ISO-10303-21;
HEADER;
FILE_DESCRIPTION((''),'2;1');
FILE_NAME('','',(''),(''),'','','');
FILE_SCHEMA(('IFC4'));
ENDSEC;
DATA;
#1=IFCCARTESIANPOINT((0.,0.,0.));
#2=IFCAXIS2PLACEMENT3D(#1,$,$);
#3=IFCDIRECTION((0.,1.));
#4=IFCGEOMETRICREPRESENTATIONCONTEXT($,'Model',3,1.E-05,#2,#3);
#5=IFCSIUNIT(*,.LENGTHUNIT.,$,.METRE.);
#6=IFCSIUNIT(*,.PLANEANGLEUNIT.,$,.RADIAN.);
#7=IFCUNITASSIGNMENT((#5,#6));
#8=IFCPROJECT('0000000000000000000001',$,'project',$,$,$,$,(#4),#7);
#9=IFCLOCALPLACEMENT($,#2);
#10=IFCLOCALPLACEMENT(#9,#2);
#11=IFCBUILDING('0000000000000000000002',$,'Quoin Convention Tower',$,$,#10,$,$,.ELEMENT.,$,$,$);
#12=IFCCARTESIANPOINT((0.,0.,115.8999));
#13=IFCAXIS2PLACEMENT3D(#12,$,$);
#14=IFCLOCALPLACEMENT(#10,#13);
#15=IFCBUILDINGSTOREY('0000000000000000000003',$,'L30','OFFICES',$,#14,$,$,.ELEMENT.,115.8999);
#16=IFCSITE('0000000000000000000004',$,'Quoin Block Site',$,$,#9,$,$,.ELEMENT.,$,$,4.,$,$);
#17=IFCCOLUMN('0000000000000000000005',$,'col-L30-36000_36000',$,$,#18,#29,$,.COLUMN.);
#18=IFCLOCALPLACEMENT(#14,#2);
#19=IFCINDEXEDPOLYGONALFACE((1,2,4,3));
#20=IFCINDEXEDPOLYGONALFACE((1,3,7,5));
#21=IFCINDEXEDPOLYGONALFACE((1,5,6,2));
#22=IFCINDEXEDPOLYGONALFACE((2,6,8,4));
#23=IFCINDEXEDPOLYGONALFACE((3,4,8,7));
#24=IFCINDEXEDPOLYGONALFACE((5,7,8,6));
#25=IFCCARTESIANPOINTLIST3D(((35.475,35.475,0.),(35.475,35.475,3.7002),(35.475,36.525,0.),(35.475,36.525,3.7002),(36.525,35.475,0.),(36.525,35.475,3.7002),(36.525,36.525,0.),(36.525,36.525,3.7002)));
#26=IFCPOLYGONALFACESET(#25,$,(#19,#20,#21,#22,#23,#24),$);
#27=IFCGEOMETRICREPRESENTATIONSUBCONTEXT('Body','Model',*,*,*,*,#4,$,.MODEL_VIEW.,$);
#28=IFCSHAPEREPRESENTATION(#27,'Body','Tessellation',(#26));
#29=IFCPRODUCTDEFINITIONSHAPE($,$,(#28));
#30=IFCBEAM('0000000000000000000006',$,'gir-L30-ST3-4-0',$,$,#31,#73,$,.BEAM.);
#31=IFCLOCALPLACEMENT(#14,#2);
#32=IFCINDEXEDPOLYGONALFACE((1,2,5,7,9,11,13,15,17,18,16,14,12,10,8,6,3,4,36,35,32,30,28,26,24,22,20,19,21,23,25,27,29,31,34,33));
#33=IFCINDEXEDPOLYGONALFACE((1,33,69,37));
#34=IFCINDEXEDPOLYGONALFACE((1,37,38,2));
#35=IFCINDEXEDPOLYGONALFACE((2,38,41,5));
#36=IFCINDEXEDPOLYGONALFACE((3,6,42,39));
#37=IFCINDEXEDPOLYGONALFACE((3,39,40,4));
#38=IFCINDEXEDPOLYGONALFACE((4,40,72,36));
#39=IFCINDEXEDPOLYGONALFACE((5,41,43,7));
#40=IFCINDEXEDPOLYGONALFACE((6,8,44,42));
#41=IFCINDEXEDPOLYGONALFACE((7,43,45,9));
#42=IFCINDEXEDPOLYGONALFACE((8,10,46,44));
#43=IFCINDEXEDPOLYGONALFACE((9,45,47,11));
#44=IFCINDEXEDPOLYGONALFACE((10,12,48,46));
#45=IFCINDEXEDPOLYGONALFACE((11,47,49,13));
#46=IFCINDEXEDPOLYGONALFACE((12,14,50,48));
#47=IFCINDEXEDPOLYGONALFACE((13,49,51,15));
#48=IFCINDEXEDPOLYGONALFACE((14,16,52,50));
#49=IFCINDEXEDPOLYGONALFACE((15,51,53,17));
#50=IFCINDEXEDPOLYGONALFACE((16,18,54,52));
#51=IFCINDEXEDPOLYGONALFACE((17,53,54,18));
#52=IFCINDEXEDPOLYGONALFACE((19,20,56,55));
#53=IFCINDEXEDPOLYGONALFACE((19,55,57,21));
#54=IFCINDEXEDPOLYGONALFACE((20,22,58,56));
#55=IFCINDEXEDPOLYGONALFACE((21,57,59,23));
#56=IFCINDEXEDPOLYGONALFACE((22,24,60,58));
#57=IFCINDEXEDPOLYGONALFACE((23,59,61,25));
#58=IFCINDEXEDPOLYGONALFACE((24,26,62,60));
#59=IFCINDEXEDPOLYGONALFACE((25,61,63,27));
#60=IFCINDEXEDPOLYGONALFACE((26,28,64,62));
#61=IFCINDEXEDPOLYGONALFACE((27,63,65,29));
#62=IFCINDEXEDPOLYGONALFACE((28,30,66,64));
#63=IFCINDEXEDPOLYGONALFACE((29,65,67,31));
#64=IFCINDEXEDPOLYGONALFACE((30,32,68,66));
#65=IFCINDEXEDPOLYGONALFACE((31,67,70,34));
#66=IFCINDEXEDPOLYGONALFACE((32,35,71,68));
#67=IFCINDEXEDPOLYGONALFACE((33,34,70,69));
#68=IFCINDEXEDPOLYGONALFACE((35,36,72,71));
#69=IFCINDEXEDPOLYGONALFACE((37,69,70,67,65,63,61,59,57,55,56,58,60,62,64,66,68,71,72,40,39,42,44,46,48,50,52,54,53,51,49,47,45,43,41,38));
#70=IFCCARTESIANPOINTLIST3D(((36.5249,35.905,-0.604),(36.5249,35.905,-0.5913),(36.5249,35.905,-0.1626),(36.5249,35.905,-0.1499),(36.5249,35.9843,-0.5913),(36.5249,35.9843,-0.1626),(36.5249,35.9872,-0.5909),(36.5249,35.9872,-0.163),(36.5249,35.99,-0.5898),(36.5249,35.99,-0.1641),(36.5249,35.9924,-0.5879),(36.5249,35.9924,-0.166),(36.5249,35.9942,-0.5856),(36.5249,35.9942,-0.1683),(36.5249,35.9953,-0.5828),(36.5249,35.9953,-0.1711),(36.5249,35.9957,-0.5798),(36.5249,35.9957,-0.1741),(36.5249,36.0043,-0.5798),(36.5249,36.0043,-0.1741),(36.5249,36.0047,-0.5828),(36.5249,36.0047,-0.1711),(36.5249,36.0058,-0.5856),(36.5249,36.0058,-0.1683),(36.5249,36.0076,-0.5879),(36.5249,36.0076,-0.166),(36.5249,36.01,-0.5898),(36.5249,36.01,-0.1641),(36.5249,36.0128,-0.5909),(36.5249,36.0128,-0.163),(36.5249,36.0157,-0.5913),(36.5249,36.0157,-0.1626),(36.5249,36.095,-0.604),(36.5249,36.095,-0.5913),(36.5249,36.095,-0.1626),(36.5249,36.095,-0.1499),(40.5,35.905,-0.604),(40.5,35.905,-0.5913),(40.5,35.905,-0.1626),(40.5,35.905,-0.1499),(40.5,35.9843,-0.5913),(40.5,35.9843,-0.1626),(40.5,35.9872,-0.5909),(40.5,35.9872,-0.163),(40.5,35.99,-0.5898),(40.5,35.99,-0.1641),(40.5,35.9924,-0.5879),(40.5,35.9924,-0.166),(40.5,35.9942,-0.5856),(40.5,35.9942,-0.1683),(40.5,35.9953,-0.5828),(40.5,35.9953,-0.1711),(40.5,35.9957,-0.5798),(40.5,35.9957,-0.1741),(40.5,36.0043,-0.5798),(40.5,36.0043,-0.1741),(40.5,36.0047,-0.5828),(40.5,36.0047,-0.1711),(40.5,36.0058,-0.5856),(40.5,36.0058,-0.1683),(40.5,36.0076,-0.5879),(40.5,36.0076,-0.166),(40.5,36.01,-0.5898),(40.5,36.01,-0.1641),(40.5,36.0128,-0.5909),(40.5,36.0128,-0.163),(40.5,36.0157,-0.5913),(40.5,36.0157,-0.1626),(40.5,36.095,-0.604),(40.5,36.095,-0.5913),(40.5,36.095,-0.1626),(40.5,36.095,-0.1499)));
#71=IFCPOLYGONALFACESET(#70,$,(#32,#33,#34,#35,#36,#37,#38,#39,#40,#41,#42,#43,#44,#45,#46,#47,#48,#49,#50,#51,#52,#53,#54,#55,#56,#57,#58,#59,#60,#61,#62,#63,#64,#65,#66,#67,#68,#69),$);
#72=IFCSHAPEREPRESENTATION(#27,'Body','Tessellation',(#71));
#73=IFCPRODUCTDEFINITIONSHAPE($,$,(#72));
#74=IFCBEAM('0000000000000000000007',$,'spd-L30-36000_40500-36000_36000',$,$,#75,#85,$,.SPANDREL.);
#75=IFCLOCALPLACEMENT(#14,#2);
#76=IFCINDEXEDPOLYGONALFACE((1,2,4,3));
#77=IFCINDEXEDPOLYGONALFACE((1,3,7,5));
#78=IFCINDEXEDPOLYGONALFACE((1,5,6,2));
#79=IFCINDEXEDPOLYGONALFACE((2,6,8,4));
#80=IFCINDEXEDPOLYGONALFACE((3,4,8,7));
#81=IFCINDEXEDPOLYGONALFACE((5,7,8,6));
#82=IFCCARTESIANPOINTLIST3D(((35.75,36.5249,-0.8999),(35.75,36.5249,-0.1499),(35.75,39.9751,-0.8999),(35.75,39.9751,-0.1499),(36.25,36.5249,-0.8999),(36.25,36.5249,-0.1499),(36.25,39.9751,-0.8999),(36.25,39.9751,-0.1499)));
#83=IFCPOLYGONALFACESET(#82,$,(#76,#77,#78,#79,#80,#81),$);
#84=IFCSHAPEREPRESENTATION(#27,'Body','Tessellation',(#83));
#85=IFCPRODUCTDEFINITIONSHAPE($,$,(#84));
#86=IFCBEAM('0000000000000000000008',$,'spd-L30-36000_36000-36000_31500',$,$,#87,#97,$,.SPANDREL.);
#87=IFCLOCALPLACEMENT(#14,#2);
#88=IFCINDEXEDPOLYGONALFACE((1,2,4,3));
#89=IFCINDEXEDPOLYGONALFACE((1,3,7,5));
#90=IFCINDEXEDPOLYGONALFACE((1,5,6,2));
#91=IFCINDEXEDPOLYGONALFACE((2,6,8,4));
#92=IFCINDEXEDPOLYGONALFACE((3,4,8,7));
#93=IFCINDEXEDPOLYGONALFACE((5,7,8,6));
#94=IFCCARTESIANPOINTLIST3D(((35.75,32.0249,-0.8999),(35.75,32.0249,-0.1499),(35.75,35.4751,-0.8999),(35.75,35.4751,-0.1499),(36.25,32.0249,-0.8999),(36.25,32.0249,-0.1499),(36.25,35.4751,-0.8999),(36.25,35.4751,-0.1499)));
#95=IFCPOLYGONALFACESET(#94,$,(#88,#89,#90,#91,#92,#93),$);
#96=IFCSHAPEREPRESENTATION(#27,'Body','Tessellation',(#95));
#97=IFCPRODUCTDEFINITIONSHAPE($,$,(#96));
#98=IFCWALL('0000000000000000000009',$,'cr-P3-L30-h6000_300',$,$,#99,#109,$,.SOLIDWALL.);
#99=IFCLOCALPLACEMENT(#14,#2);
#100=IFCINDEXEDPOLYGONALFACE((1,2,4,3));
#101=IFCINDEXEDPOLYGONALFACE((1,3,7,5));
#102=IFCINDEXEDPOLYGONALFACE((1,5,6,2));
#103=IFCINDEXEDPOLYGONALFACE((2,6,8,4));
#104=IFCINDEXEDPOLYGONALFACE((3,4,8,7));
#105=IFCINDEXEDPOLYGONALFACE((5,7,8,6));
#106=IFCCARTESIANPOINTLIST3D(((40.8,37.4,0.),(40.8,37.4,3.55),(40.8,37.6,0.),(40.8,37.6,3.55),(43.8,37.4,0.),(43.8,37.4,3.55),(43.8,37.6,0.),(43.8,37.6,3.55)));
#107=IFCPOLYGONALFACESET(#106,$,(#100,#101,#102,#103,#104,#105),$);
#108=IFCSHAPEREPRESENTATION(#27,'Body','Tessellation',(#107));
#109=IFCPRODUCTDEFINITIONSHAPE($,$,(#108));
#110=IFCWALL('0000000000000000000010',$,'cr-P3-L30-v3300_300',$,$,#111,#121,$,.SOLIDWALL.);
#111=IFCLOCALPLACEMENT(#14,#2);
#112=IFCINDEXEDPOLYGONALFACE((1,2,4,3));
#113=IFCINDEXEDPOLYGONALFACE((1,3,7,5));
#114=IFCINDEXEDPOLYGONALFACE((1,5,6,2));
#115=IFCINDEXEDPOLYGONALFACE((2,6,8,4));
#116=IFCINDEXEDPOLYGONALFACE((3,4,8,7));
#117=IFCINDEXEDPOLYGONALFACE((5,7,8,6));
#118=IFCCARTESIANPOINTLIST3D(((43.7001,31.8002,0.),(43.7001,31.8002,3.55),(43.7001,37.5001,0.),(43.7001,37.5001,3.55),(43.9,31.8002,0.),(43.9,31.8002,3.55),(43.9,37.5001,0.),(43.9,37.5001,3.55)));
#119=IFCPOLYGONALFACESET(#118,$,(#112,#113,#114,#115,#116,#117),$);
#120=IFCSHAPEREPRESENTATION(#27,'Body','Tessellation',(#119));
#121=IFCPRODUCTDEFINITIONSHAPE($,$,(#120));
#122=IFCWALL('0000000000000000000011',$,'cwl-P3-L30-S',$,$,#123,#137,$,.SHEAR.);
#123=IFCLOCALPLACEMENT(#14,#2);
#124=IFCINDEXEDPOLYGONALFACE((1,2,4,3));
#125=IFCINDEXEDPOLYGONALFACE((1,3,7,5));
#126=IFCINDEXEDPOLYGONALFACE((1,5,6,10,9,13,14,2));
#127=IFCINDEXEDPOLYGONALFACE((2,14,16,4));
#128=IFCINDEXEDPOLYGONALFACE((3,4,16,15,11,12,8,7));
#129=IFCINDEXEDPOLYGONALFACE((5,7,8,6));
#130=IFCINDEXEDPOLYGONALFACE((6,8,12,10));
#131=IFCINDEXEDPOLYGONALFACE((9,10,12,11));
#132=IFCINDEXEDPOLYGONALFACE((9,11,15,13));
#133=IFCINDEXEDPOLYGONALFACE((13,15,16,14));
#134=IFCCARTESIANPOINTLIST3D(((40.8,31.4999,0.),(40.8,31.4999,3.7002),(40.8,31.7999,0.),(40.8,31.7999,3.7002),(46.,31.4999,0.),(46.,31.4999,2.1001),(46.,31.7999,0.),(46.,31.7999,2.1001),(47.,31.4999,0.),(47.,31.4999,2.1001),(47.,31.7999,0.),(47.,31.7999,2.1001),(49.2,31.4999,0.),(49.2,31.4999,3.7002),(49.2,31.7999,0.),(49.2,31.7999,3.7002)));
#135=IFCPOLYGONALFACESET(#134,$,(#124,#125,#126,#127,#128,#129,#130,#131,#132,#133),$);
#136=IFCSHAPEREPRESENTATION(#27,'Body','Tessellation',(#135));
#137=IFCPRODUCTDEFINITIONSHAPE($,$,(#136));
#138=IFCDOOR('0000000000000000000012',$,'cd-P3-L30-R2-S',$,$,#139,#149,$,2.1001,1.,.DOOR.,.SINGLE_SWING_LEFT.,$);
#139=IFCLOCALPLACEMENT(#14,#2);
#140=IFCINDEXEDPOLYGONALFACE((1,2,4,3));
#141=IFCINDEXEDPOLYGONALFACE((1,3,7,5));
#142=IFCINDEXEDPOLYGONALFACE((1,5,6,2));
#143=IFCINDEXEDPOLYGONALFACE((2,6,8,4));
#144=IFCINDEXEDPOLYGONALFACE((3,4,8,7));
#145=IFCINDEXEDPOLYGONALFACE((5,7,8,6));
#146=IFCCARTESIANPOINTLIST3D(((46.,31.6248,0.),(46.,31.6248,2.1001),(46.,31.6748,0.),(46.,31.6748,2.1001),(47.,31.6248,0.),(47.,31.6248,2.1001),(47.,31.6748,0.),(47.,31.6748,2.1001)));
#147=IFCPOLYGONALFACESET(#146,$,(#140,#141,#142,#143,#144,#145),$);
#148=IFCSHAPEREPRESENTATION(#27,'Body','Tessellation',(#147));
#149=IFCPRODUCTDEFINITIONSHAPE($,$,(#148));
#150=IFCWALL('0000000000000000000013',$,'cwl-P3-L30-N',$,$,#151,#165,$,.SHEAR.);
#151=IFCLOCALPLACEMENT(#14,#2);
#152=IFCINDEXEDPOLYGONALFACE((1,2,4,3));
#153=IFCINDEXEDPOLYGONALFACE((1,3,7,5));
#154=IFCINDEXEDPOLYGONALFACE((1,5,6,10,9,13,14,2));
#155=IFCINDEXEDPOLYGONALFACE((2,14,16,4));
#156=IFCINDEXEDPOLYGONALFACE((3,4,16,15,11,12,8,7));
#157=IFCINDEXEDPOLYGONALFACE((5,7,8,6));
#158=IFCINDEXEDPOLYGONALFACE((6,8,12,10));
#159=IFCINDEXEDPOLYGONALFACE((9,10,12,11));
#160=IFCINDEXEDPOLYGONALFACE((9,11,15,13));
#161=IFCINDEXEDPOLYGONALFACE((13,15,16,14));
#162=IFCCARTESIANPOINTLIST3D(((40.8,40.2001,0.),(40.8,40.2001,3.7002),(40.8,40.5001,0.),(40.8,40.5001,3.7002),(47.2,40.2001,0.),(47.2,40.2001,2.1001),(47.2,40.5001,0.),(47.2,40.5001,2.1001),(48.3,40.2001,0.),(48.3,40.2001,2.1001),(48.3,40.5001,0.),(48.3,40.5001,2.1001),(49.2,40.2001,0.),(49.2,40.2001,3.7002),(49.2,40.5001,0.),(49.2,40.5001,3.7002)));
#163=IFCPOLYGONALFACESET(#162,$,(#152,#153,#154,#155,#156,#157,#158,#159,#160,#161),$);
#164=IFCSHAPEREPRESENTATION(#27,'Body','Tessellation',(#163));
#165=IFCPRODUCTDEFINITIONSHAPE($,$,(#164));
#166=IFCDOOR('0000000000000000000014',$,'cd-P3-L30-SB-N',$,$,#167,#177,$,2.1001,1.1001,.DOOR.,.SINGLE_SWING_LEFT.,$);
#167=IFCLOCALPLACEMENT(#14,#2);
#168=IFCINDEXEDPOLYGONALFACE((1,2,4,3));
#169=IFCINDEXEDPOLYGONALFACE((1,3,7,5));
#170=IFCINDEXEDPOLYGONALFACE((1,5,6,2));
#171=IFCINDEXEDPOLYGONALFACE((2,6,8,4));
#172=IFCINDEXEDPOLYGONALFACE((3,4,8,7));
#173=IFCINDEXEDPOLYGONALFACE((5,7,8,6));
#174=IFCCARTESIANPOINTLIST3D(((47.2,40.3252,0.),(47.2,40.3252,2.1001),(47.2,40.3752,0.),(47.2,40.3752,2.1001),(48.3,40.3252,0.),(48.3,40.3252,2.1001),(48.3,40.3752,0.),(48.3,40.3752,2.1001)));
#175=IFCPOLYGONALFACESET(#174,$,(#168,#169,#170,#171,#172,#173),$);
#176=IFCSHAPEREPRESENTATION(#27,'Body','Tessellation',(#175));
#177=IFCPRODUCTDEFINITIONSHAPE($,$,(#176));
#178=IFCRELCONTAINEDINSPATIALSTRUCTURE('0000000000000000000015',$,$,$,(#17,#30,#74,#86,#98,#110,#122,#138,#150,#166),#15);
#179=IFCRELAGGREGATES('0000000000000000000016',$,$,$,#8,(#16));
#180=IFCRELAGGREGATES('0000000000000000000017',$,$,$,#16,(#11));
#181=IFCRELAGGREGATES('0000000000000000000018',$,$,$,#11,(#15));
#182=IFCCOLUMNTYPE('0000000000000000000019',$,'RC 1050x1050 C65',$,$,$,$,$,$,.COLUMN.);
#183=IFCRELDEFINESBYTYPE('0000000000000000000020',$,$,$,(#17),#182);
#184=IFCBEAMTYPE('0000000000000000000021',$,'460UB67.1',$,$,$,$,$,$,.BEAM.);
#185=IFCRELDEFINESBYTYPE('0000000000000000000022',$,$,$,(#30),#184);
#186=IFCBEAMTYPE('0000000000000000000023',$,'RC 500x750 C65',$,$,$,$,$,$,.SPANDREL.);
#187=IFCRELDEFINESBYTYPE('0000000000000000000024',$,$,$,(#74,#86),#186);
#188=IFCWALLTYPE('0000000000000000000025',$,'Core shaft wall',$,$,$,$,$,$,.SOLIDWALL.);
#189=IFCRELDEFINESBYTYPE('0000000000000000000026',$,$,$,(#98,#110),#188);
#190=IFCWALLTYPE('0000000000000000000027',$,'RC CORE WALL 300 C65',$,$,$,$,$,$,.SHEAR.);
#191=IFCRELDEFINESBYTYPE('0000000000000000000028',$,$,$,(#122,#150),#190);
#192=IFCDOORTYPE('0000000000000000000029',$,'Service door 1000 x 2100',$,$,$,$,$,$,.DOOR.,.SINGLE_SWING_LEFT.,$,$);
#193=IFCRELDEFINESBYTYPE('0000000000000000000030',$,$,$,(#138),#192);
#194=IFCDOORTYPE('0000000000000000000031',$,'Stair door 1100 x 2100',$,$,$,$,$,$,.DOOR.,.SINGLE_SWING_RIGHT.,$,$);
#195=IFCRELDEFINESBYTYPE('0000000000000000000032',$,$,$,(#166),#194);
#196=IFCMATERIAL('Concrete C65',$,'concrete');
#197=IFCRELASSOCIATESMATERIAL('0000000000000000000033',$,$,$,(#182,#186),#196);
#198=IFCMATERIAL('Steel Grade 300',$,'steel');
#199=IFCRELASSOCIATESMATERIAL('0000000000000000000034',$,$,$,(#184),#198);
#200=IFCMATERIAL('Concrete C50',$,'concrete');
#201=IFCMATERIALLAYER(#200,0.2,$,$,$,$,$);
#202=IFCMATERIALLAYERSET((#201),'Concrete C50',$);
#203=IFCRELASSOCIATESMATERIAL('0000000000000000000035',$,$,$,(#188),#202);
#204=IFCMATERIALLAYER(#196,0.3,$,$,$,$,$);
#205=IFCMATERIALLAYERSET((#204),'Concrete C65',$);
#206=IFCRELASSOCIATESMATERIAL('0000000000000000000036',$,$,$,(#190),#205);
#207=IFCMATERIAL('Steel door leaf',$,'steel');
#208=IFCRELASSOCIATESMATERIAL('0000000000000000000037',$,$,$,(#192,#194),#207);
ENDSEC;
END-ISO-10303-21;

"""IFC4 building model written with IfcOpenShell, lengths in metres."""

from ifc_helpers import new_model, si_unit, direction, frame, frame_2d, origin, origin_2d, place, context, subcontext, project, spatial, rectangle, i_section, extrude, material, layer, layer_set, material_profile, profile_set, type_object, element, fill, save


model = new_model("IFC4")

# Units and contexts
model_context = context("Model", 3, precision=1e-05, world=origin(), true_north=direction((0.0, 1.0)))
body_context = subcontext(model_context, "Body", "Model", "MODEL_VIEW")
ifc_project = project(units=[si_unit("LENGTHUNIT", "METRE"), si_unit("PLANEANGLEUNIT", "RADIAN")], contexts=[model_context])

# Site, building, storey
site_placement = place(None, origin())
site = spatial("IfcSite", under=ifc_project, at=site_placement, Name="Quoin Block Site", CompositionType="ELEMENT", RefElevation=4.0)
building_placement = place(site_placement, origin())
building = spatial("IfcBuilding", under=site, at=building_placement, Name="Quoin Convention Tower", CompositionType="ELEMENT")
storey_placement = place(building_placement, frame((0.0, 0.0, 115.8999)))
storey = spatial("IfcBuildingStorey", under=building, at=storey_placement, Name="L30", Description="OFFICES", CompositionType="ELEMENT", Elevation=115.8999)

# Column
ifc_material_1 = material(Name="Concrete C65", Category="concrete")
ifc_material_profile_1 = material_profile(ifc_material_1, rectangle(XDim=1.05, YDim=1.05, at=origin_2d()), Name="RC 1050x1050")
ifc_profile_set_1 = profile_set([ifc_material_profile_1], Name="Concrete C65")
column_type = type_object("IfcColumnType", Name="RC 1050x1050 C65", PredefinedType="COLUMN", material=ifc_profile_set_1)
column_placement = place(storey_placement, frame((36.0, 36.0, 0.0), z_axis=(0.0, 0.0, 1.0), x_axis=(1.0, 0.0, 0.0)))
element("IfcColumn", 1, at=column_placement, inside=storey, type_object=column_type, Name="col-L30-36000_36000", PredefinedType="COLUMN", context=body_context, shape_type="SweptSolid", body=[
    extrude(rectangle(XDim=1.05, YDim=1.05, at=origin_2d()), origin(), (0.0, 0.0, 1.0), 3.7002),
])

# Beams
ifc_material_2 = material(Name="Steel Grade 300", Category="steel")
ifc_material_profile_2 = material_profile(ifc_material_2, i_section(OverallWidth=0.1899, OverallDepth=0.4541, WebThickness=0.0085, FlangeThickness=0.0127, FilletRadius=0.0115, at=origin_2d()), Name="460UB67.1")
ifc_profile_set_2 = profile_set([ifc_material_profile_2], Name="Steel Grade 300")
beam_type_1 = type_object("IfcBeamType", Name="460UB67.1", PredefinedType="BEAM", material=ifc_profile_set_2)
beam_placement = place(storey_placement, frame((36.5249, 36.0, -0.377), z_axis=(1.0, 0.0, 0.0), x_axis=(0.0, 1.0, 0.0)))
element("IfcBeam", 2, at=beam_placement, inside=storey, type_object=beam_type_1, Name="gir-L30-ST3-4-0", PredefinedType="BEAM", context=body_context, shape_type="SweptSolid", body=[
    extrude(i_section(OverallWidth=0.1899, OverallDepth=0.4541, WebThickness=0.0085, FlangeThickness=0.0127, FilletRadius=0.0115, at=origin_2d()), origin(), (0.0, 0.0, 1.0), 3.9751),
])
ifc_material_profile_3 = material_profile(ifc_material_1, rectangle(XDim=0.5, YDim=0.75, at=origin_2d()), Name="RC 500x750")
ifc_profile_set_3 = profile_set([ifc_material_profile_3], Name="Concrete C65")
beam_type_2 = type_object("IfcBeamType", Name="RC 500x750 C65", PredefinedType="SPANDREL", material=ifc_profile_set_3)
for number, where, z_axis, x_axis, name in (
    (3, (36.0, 39.9751, -0.5249), (0.0, -1.0, 0.0), (1.0, 0.0, 0.0), "spd-L30-36000_40500-36000_36000"),
    (4, (36.0, 35.4751, -0.5249), (0.0, -1.0, 0.0), (1.0, 0.0, 0.0), "spd-L30-36000_36000-36000_31500"),
):
    element("IfcBeam", number, at=place(storey_placement, frame(where, z_axis=z_axis, x_axis=x_axis)), inside=storey, type_object=beam_type_2, Name=name, PredefinedType="SPANDREL", context=body_context, shape_type="SweptSolid", body=[
        extrude(rectangle(XDim=0.5, YDim=0.75, at=origin_2d()), origin(), (0.0, 0.0, 1.0), 3.4502),
    ])

# Walls
ifc_material_3 = material(Name="Concrete C50", Category="concrete")
ifc_layer_1 = layer(ifc_material_3, 0.2)
ifc_layer_set_1 = layer_set([ifc_layer_1], Name="Concrete C50")
wall_type_1 = type_object("IfcWallType", Name="Core shaft wall", PredefinedType="SOLIDWALL", material=ifc_layer_set_1)
wall_1_placement = place(storey_placement, frame((40.8, 37.5, 0.0), z_axis=(0.0, 0.0, 1.0), x_axis=(1.0, 0.0, 0.0)))
element("IfcWall", 5, at=wall_1_placement, inside=storey, type_object=wall_type_1, Name="cr-P3-L30-h6000_300", PredefinedType="SOLIDWALL", context=body_context, shape_type="SweptSolid", body=[
    extrude(rectangle(XDim=3.0, YDim=0.2, at=frame_2d((1.5, 0.0))), origin(), (0.0, 0.0, 1.0), 3.55),
])
wall_2_placement = place(storey_placement, frame((43.8, 31.8, 0.0), z_axis=(0.0, 0.0, 1.0), x_axis=(0.0, 1.0, 0.0)))
element("IfcWall", 6, at=wall_2_placement, inside=storey, type_object=wall_type_1, Name="cr-P3-L30-v3300_300", PredefinedType="SOLIDWALL", context=body_context, shape_type="SweptSolid", body=[
    extrude(rectangle(XDim=5.7, YDim=0.2, at=frame_2d((2.8501, 0.0))), origin(), (0.0, 0.0, 1.0), 3.55),
])

# Walls, openings, doors
ifc_layer_2 = layer(ifc_material_1, 0.3)
ifc_layer_set_2 = layer_set([ifc_layer_2], Name="Concrete C65")
wall_type_2 = type_object("IfcWallType", Name="RC CORE WALL 300 C65", PredefinedType="SHEAR", material=ifc_layer_set_2)
wall_3_placement = place(storey_placement, frame((40.8, 31.6499, 0.0), z_axis=(0.0, 0.0, 1.0), x_axis=(1.0, 0.0, 0.0)))
wall_3 = element("IfcWall", 7, at=wall_3_placement, inside=storey, type_object=wall_type_2, Name="cwl-P3-L30-S", PredefinedType="SHEAR", context=body_context, shape_type="SweptSolid", body=[
    extrude(rectangle(XDim=8.3999, YDim=0.3, at=frame_2d((4.2, 0.0))), origin(), (0.0, 0.0, 1.0), 3.7002),
])
opening_1_placement = place(wall_3_placement, frame((5.2, 0.0, 0.0)))
opening_1 = element("IfcOpeningElement", 8, at=opening_1_placement, cuts=wall_3, PredefinedType="OPENING", context=body_context, shape_type="SweptSolid", body=[
    extrude(rectangle(XDim=1.0, YDim=2.1001, at=frame_2d((0.5, 1.05))), frame((0.0, 0.1599, 0.0), z_axis=(0.0, -1.0, 0.0), x_axis=(1.0, 0.0, 0.0)), (0.0, 0.0, 1.0), 0.3201),
])
ifc_material_4 = material(Name="Steel door leaf", Category="steel")
door_type_1 = type_object("IfcDoorType", Name="Service door 1000 x 2100", OperationType="SINGLE_SWING_LEFT", PredefinedType="DOOR", material=ifc_material_4)
door_1_placement = place(opening_1_placement, origin())
door_1 = element("IfcDoor", 9, at=door_1_placement, inside=storey, type_object=door_type_1, Name="cd-P3-L30-R2-S", OperationType="SINGLE_SWING_LEFT", OverallHeight=2.1001, OverallWidth=1.0, PredefinedType="DOOR", context=body_context, shape_type="SweptSolid", body=[
    extrude(rectangle(XDim=1.0, YDim=2.1001, at=frame_2d((0.5, 1.05))), frame((0.0, 0.0249, 0.0), z_axis=(0.0, -1.0, 0.0), x_axis=(1.0, 0.0, 0.0)), (0.0, 0.0, 1.0), 0.05),
])
fill(opening_1, door_1)
wall_4_placement = place(storey_placement, frame((40.8, 40.3501, 0.0), z_axis=(0.0, 0.0, 1.0), x_axis=(1.0, 0.0, 0.0)))
wall_4 = element("IfcWall", 10, at=wall_4_placement, inside=storey, type_object=wall_type_2, Name="cwl-P3-L30-N", PredefinedType="SHEAR", context=body_context, shape_type="SweptSolid", body=[
    extrude(rectangle(XDim=8.3999, YDim=0.3, at=frame_2d((4.2, 0.0))), origin(), (0.0, 0.0, 1.0), 3.7002),
])
opening_2_placement = place(wall_4_placement, frame((6.3999, 0.0, 0.0)))
opening_2 = element("IfcOpeningElement", 11, at=opening_2_placement, cuts=wall_4, PredefinedType="OPENING", context=body_context, shape_type="SweptSolid", body=[
    extrude(rectangle(XDim=1.1001, YDim=2.1001, at=frame_2d((0.55, 1.05))), frame((0.0, 0.1599, 0.0), z_axis=(0.0, -1.0, 0.0), x_axis=(1.0, 0.0, 0.0)), (0.0, 0.0, 1.0), 0.3201),
])
door_type_2 = type_object("IfcDoorType", Name="Stair door 1100 x 2100", OperationType="SINGLE_SWING_RIGHT", PredefinedType="DOOR", material=ifc_material_4)
door_2_placement = place(opening_2_placement, frame((1.1001, 0.0, 0.0), z_axis=(0.0, 0.0, 1.0), x_axis=(-1.0, 0.0, 0.0)))
door_2 = element("IfcDoor", 12, at=door_2_placement, inside=storey, type_object=door_type_2, Name="cd-P3-L30-SB-N", OperationType="SINGLE_SWING_LEFT", OverallHeight=2.1001, OverallWidth=1.1001, PredefinedType="DOOR", context=body_context, shape_type="SweptSolid", body=[
    extrude(rectangle(XDim=1.1001, YDim=2.1001, at=frame_2d((0.55, 1.05))), frame((0.0, 0.0249, 0.0), z_axis=(0.0, -1.0, 0.0), x_axis=(1.0, 0.0, 0.0)), (0.0, 0.0, 1.0), 0.05),
])
fill(opening_2, door_2)

save(model, "model.ifc")
